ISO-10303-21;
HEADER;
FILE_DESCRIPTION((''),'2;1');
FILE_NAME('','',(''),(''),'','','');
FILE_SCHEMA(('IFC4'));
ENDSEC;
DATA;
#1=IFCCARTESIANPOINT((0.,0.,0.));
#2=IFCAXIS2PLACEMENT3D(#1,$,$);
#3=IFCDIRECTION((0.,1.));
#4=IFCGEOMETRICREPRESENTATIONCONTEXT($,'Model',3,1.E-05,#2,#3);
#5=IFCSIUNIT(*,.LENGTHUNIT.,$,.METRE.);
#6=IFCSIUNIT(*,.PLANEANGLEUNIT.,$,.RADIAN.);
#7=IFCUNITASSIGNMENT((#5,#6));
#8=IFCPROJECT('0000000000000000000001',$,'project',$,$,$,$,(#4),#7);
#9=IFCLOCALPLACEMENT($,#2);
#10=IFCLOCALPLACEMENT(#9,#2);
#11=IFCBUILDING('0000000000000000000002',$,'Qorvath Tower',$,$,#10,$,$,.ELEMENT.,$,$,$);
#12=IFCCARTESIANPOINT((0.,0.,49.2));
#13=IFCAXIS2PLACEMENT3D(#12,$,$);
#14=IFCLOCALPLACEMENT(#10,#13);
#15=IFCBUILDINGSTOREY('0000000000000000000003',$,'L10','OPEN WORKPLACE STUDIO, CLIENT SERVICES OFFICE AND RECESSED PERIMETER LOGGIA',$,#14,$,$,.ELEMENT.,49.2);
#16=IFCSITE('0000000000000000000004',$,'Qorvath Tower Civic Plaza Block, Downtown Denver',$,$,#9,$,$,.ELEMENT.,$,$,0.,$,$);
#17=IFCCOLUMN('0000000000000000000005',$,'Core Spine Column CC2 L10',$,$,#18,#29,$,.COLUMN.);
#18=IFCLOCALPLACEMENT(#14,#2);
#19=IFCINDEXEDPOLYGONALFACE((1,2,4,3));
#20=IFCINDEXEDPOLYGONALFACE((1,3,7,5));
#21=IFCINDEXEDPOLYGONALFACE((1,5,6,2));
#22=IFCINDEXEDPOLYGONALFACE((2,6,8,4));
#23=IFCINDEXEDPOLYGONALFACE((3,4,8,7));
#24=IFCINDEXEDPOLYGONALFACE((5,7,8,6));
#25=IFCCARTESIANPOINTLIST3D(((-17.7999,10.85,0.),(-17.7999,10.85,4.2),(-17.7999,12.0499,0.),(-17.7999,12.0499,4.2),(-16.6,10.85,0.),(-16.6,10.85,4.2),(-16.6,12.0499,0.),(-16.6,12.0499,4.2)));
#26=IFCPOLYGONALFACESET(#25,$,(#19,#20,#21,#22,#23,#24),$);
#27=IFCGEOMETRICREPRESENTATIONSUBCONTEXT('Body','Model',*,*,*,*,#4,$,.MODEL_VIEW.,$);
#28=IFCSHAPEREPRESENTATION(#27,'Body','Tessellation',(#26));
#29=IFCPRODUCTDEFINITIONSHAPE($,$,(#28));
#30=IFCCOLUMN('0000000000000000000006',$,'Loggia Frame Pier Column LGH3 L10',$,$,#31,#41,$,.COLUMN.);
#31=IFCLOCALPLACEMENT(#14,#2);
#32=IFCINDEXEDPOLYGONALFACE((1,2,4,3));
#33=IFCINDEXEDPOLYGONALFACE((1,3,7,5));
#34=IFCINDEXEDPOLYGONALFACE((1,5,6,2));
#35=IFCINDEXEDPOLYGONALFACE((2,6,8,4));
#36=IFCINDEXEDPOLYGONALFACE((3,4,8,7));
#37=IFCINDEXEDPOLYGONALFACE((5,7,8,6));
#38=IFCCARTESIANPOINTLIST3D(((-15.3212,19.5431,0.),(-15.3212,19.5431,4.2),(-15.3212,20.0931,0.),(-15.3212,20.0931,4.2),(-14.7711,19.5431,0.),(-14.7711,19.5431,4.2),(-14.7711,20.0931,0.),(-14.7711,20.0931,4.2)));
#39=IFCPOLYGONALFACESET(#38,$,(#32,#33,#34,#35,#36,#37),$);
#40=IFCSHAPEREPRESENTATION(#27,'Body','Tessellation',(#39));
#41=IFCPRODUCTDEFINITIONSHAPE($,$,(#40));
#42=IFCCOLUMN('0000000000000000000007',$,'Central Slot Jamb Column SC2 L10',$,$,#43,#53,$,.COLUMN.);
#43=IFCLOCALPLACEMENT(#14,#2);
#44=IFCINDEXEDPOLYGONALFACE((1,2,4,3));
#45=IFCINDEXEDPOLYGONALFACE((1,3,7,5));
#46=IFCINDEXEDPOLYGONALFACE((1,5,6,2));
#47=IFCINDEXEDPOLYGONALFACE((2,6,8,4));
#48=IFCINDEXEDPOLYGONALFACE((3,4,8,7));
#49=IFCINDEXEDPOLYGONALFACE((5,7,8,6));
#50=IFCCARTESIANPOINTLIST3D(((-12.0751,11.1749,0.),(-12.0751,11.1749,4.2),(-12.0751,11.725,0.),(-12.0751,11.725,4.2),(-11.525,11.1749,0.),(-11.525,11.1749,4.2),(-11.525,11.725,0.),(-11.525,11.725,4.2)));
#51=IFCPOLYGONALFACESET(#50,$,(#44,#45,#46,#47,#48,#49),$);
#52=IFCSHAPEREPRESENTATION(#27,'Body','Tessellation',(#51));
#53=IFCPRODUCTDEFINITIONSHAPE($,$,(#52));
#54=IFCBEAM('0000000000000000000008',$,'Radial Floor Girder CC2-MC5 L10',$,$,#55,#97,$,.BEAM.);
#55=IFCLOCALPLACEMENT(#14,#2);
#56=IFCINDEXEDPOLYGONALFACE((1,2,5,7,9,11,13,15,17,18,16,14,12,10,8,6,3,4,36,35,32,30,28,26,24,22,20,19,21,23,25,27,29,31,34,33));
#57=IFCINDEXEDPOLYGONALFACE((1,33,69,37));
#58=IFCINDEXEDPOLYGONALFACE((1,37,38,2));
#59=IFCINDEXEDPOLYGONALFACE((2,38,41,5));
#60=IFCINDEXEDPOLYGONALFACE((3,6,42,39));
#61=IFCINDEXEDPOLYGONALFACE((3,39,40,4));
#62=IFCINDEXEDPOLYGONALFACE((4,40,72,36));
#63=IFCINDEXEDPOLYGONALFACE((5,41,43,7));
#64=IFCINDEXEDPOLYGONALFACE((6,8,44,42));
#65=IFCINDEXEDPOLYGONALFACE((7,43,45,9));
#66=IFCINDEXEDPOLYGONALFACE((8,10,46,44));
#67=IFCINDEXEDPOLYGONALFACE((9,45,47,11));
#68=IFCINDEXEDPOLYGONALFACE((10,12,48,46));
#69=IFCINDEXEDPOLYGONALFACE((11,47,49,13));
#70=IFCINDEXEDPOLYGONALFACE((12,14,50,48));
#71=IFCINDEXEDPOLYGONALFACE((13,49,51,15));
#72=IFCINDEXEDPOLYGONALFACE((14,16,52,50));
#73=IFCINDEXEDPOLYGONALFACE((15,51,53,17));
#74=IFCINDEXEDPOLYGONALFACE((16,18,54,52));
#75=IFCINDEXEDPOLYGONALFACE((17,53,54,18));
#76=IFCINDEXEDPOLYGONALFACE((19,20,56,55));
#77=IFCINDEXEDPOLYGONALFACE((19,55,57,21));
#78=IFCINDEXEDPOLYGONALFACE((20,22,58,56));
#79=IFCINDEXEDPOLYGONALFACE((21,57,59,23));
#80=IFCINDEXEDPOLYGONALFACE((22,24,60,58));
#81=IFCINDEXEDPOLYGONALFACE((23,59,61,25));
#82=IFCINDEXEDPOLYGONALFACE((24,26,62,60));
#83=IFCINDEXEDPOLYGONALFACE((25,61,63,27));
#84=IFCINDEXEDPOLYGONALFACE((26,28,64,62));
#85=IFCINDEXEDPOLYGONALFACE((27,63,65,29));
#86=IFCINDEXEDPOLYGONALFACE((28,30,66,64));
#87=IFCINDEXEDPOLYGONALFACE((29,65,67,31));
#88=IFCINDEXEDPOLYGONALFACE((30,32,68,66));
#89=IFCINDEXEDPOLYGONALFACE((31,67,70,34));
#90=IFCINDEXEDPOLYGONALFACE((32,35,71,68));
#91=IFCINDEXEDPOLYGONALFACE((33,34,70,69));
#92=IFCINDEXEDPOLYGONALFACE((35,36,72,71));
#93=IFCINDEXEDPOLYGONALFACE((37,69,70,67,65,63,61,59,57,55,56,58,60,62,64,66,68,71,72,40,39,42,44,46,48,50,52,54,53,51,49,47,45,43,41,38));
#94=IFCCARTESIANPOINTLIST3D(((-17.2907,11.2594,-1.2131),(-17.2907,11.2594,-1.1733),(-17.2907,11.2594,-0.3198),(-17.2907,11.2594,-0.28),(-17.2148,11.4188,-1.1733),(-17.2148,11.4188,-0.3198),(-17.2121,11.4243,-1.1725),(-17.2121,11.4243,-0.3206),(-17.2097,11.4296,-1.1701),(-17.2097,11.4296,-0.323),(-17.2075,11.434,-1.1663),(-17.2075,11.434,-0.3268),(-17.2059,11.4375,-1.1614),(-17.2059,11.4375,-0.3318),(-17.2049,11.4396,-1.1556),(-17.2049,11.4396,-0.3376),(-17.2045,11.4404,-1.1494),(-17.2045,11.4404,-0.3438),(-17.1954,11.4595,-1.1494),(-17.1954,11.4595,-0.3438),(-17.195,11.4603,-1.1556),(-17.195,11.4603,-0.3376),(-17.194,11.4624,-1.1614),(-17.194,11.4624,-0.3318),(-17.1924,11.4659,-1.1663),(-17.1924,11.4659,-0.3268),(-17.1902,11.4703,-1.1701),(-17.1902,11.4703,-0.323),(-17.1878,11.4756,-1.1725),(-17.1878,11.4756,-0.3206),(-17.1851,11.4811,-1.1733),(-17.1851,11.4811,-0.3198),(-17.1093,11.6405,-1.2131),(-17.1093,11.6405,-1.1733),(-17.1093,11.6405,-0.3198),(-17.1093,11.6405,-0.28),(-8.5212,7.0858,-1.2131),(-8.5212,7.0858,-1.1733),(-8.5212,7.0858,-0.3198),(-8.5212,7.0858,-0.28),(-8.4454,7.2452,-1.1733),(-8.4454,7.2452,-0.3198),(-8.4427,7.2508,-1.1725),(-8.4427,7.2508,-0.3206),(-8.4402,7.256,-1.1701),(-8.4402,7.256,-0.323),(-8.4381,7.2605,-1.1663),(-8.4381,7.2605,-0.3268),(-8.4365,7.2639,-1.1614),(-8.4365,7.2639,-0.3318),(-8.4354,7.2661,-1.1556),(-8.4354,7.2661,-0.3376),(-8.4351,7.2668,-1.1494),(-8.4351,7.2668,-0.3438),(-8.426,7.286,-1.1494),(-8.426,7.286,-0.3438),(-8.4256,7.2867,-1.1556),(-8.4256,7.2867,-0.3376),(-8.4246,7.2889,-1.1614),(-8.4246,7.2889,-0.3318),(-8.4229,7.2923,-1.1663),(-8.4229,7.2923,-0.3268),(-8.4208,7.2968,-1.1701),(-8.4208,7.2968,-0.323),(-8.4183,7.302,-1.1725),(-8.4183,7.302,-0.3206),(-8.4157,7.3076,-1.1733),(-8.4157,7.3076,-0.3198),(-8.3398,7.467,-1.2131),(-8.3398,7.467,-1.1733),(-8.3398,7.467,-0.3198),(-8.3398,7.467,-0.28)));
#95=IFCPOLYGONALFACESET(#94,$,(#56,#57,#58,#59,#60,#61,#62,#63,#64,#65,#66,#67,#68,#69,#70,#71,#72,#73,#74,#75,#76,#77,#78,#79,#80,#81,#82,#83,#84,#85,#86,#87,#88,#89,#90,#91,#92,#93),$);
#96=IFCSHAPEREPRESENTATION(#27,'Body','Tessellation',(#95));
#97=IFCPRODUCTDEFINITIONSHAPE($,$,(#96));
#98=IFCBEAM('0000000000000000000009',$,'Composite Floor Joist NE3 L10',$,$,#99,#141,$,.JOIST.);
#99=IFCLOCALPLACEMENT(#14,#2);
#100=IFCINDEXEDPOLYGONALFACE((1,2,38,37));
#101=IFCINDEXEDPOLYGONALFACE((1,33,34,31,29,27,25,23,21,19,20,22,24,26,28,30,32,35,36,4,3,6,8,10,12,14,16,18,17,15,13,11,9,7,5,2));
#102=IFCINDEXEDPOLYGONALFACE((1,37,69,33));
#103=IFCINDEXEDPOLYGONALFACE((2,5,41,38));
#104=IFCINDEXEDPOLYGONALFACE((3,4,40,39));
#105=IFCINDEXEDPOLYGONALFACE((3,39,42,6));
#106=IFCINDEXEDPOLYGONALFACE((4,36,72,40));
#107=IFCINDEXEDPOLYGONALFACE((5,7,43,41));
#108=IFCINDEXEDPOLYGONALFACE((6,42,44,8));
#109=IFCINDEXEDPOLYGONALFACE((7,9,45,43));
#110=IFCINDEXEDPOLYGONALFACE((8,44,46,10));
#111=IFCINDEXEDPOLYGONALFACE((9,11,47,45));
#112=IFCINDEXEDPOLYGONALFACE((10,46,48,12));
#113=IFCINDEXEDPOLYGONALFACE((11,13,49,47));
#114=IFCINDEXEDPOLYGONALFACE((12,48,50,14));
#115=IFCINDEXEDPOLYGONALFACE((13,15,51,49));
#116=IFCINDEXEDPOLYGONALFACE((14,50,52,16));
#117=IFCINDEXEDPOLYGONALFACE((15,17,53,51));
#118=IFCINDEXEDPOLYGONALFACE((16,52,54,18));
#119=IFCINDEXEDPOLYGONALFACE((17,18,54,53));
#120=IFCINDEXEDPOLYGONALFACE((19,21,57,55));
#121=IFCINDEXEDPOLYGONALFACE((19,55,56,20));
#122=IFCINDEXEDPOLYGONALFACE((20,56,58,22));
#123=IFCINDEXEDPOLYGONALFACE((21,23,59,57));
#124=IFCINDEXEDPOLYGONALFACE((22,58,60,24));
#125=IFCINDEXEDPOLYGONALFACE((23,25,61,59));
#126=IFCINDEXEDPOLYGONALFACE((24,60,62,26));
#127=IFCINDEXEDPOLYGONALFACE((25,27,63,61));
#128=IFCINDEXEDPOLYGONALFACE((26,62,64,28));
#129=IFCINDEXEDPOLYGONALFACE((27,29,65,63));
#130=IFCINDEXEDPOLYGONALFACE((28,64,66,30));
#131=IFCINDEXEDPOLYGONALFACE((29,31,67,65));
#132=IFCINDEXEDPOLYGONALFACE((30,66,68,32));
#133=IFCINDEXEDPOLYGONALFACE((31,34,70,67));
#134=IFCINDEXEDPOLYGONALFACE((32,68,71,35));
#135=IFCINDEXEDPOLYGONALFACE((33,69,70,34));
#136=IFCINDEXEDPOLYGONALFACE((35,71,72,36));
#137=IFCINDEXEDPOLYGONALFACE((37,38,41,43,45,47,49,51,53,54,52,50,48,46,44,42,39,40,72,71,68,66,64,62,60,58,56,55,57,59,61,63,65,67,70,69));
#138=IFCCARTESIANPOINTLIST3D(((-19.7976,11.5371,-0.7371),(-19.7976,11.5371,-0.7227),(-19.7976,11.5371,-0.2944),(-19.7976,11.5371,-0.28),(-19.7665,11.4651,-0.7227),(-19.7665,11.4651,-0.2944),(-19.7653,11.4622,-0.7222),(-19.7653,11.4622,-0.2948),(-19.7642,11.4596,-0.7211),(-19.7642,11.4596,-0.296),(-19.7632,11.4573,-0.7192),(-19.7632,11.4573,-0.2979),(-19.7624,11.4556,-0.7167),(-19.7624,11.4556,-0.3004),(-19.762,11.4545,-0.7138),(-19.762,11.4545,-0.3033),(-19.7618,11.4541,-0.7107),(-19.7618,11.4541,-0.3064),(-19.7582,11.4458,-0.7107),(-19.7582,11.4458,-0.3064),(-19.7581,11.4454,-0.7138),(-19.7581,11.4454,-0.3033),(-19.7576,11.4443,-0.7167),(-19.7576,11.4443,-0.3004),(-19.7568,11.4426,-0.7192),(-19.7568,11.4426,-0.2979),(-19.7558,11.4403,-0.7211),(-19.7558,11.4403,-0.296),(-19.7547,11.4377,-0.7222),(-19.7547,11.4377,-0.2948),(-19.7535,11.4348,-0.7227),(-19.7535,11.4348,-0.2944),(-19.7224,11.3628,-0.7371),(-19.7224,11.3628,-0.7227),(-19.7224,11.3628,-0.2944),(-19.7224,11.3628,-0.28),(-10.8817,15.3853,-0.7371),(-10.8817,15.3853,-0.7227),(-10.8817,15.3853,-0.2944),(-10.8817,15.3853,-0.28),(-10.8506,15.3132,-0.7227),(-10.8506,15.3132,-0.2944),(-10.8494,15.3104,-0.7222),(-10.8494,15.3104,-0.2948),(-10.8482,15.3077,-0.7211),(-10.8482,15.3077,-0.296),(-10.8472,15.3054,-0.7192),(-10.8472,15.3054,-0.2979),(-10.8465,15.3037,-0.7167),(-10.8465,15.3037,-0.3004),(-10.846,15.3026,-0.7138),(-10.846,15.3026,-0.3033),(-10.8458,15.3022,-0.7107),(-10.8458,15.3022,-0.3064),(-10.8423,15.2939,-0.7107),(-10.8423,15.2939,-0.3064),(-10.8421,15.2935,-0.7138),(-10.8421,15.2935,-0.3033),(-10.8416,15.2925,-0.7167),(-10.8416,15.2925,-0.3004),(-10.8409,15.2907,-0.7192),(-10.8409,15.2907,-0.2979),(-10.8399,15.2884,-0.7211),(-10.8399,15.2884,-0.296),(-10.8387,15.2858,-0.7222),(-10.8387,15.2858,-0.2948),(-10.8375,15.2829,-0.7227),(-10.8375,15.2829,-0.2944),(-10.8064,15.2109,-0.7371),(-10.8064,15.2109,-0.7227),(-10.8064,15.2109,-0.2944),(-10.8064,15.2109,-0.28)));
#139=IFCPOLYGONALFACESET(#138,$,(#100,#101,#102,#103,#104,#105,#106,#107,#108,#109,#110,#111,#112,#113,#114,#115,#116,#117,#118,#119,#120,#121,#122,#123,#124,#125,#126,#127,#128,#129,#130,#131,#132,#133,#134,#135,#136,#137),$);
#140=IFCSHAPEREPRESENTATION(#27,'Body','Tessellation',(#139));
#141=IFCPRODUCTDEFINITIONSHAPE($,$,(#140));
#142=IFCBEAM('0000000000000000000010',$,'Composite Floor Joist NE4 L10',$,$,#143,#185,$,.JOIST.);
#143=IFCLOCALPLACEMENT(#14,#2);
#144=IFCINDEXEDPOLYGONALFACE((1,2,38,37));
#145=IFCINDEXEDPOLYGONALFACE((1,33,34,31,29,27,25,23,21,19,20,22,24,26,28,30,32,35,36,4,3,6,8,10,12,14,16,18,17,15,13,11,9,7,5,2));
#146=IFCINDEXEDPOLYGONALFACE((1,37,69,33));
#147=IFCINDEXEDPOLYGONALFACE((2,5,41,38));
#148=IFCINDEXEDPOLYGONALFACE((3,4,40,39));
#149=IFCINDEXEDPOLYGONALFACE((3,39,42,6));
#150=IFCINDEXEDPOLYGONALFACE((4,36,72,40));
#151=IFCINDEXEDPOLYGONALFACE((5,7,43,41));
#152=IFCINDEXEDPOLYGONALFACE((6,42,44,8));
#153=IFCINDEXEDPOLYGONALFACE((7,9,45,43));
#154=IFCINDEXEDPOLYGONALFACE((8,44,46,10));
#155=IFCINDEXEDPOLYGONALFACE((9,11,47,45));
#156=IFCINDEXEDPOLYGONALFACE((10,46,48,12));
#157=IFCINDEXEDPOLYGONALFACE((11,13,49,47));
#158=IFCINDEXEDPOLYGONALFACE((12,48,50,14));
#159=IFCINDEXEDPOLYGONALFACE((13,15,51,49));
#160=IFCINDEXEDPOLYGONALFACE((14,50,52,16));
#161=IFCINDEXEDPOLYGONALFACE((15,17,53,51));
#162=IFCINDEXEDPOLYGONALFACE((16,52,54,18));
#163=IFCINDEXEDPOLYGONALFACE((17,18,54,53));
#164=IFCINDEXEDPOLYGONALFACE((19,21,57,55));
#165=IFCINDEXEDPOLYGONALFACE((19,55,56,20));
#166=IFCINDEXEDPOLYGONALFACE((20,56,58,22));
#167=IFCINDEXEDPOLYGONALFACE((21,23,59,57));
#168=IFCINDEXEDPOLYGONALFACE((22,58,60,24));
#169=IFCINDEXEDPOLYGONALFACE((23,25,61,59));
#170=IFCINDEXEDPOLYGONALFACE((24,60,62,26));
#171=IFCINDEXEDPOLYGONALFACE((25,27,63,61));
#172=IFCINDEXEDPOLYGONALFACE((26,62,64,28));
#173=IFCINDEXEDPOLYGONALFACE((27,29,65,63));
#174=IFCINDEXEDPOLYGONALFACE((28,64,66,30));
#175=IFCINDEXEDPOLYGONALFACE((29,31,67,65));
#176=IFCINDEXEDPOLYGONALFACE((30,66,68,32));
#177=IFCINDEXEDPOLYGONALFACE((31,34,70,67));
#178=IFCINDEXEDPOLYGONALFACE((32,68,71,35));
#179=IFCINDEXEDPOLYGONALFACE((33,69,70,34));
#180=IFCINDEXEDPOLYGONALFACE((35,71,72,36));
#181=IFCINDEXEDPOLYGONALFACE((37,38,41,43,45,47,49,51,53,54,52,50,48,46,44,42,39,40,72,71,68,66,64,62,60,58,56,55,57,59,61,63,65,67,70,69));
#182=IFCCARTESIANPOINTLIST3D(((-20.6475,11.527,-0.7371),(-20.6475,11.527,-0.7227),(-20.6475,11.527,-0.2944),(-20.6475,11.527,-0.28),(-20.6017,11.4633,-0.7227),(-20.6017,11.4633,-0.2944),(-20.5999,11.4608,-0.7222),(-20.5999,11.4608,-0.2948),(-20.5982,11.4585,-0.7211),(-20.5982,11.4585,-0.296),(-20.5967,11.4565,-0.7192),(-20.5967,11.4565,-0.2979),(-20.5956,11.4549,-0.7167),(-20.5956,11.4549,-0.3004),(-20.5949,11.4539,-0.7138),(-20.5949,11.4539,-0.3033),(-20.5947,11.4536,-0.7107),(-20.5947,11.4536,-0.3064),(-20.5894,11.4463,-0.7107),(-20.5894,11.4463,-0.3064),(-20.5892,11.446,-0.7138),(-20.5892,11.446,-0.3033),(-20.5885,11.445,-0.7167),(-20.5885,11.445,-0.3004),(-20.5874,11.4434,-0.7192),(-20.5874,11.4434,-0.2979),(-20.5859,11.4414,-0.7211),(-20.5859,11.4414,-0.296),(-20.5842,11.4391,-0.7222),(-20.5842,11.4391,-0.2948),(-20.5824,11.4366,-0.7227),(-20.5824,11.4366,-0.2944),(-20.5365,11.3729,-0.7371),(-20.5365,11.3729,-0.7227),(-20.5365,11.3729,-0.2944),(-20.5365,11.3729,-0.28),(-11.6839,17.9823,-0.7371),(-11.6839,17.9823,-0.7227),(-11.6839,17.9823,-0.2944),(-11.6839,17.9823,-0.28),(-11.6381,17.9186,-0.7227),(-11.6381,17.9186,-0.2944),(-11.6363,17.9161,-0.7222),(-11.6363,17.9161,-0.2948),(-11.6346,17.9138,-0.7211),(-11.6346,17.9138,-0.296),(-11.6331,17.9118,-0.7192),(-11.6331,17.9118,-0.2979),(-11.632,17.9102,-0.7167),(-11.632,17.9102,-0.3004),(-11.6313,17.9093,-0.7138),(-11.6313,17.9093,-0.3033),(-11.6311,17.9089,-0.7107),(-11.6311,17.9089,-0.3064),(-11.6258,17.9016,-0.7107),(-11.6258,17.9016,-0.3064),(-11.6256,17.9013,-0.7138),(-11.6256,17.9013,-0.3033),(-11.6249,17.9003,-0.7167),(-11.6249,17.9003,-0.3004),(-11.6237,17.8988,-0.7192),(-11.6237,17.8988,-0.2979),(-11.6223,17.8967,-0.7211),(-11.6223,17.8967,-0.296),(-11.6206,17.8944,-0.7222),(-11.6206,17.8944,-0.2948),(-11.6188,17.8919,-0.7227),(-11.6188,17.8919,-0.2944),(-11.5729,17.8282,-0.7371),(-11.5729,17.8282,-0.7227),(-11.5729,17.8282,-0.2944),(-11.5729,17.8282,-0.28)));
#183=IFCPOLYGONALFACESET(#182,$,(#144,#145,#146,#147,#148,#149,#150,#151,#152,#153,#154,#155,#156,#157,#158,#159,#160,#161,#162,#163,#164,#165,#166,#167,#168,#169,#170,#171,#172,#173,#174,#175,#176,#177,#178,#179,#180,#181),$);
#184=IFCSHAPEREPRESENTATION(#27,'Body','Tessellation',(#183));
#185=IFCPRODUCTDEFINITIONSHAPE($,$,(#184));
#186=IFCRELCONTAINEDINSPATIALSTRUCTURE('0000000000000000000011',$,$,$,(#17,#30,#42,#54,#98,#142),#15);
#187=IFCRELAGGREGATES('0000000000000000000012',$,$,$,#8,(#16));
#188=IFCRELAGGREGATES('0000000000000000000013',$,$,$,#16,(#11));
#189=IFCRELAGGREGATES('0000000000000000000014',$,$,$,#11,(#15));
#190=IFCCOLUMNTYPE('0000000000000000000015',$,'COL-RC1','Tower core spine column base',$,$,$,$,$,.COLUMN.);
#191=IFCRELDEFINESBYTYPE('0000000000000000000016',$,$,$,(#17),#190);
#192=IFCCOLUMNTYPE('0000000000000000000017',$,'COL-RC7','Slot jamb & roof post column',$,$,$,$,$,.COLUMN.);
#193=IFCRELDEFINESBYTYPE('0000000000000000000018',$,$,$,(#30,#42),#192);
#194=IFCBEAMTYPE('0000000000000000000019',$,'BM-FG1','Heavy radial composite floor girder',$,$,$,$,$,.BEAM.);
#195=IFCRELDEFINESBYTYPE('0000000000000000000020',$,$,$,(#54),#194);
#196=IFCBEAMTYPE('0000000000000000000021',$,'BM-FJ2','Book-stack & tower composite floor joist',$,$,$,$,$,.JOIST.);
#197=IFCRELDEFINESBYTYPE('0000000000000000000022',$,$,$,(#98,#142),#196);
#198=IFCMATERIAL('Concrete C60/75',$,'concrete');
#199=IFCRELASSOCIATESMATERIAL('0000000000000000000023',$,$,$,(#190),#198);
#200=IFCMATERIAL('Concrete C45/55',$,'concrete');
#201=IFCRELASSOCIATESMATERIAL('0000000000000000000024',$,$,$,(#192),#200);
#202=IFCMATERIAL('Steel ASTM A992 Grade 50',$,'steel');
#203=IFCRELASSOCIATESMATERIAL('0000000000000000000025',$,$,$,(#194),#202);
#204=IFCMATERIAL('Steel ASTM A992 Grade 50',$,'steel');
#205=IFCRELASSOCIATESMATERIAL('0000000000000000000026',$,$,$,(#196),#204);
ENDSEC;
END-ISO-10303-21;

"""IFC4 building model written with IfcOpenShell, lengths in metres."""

from ifc_helpers import new_model, si_unit, direction, frame, origin, origin_2d, place, context, subcontext, project, spatial, rectangle, i_section, extrude, material, material_profile, profile_set, type_object, element, save


model = new_model("IFC4")

# Units and contexts
model_context = context("Model", 3, precision=1e-05, world=origin(), true_north=direction((0.0, 1.0)))
body_context = subcontext(model_context, "Body", "Model", "MODEL_VIEW")
ifc_project = project(units=[si_unit("LENGTHUNIT", "METRE"), si_unit("PLANEANGLEUNIT", "RADIAN")], contexts=[model_context])

# Site, building, storey
site_placement = place(None, origin())
site = spatial("IfcSite", under=ifc_project, at=site_placement, Name="Qorvath Tower Civic Plaza Block, Downtown Denver", CompositionType="ELEMENT", RefElevation=0.0)
building_placement = place(site_placement, origin())
building = spatial("IfcBuilding", under=site, at=building_placement, Name="Qorvath Tower", CompositionType="ELEMENT")
storey_placement = place(building_placement, frame((0.0, 0.0, 49.2)))
storey = spatial("IfcBuildingStorey", under=building, at=storey_placement, Name="L10", Description="OPEN WORKPLACE STUDIO, CLIENT SERVICES OFFICE AND RECESSED PERIMETER LOGGIA", CompositionType="ELEMENT", Elevation=49.2)

# Columns
ifc_material_1 = material(Name="Concrete C60/75", Category="concrete")
ifc_material_profile_1 = material_profile(ifc_material_1, rectangle(XDim=1.2, YDim=1.2, at=origin_2d()), Name="RC 1200x1200")
ifc_profile_set_1 = profile_set([ifc_material_profile_1], Name="Concrete C60/75")
column_type_1 = type_object("IfcColumnType", Name="COL-RC1", Description="Tower core spine column base", PredefinedType="COLUMN", material=ifc_profile_set_1)
column_placement = place(storey_placement, frame((-17.2, 11.45, 0.0), z_axis=(0.0, 0.0, 1.0), x_axis=(1.0, 0.0, 0.0)))
element("IfcColumn", 1, at=column_placement, inside=storey, type_object=column_type_1, Name="Core Spine Column CC2 L10", PredefinedType="COLUMN", context=body_context, shape_type="SweptSolid", body=[
    extrude(rectangle(XDim=1.2, YDim=1.2, at=origin_2d()), origin(), (0.0, 0.0, 1.0), 4.2),
])
ifc_material_2 = material(Name="Concrete C45/55", Category="concrete")
ifc_material_profile_2 = material_profile(ifc_material_2, rectangle(XDim=0.55, YDim=0.55, at=origin_2d()), Name="RC 550x550")
ifc_profile_set_2 = profile_set([ifc_material_profile_2], Name="Concrete C45/55")
column_type_2 = type_object("IfcColumnType", Name="COL-RC7", Description="Slot jamb & roof post column", PredefinedType="COLUMN", material=ifc_profile_set_2)
for number, where, z_axis, x_axis, name in (
    (2, (-15.0461, 19.8181, 0.0), (0.0, 0.0, 1.0), (1.0, 0.0, 0.0), "Loggia Frame Pier Column LGH3 L10"),
    (3, (-11.8, 11.45, 0.0), (0.0, 0.0, 1.0), (1.0, 0.0, 0.0), "Central Slot Jamb Column SC2 L10"),
):
    element("IfcColumn", number, at=place(storey_placement, frame(where, z_axis=z_axis, x_axis=x_axis)), inside=storey, type_object=column_type_2, Name=name, PredefinedType="COLUMN", context=body_context, shape_type="SweptSolid", body=[
        extrude(rectangle(XDim=0.55, YDim=0.55, at=origin_2d()), origin(), (0.0, 0.0, 1.0), 4.2),
    ])

# Beams
ifc_material_3 = material(Name="Steel ASTM A992 Grade 50", Category="steel")
ifc_material_profile_3 = material_profile(ifc_material_3, i_section(OverallWidth=0.4221, OverallDepth=0.9331, WebThickness=0.0212, FlangeThickness=0.0398, FilletRadius=0.0239, at=origin_2d()), Name="W36x262")
ifc_profile_set_3 = profile_set([ifc_material_profile_3], Name="Steel ASTM A992 Grade 50")
beam_type_1 = type_object("IfcBeamType", Name="BM-FG1", Description="Heavy radial composite floor girder", PredefinedType="BEAM", material=ifc_profile_set_3)
beam_1_placement = place(storey_placement, frame((-17.2, 11.45, -0.7466), z_axis=(0.902956, -0.429734, 0.0), x_axis=(0.429734, 0.902956, 0.0)))
element("IfcBeam", 4, at=beam_1_placement, inside=storey, type_object=beam_type_1, Name="Radial Floor Girder CC2-MC5 L10", PredefinedType="BEAM", context=body_context, shape_type="SweptSolid", body=[
    extrude(i_section(OverallWidth=0.4221, OverallDepth=0.9331, WebThickness=0.0212, FlangeThickness=0.0398, FilletRadius=0.0239, at=origin_2d()), origin(), (0.0, 0.0, 1.0), 9.7119),
])
ifc_material_4 = material(Name="Steel ASTM A992 Grade 50", Category="steel")
ifc_material_profile_4 = material_profile(ifc_material_4, i_section(OverallWidth=0.1899, OverallDepth=0.457, WebThickness=0.009, FlangeThickness=0.0144, FilletRadius=0.012, at=origin_2d()), Name="W18x50")
ifc_profile_set_4 = profile_set([ifc_material_profile_4], Name="Steel ASTM A992 Grade 50")
beam_type_2 = type_object("IfcBeamType", Name="BM-FJ2", Description="Book-stack & tower composite floor joist", PredefinedType="JOIST", material=ifc_profile_set_4)
beam_2_placement = place(storey_placement, frame((-19.76, 11.45, -0.5085), z_axis=(0.918136, 0.396266, 0.0), x_axis=(-0.396266, 0.918136, 0.0)))
element("IfcBeam", 5, at=beam_2_placement, inside=storey, type_object=beam_type_2, Name="Composite Floor Joist NE3 L10", PredefinedType="JOIST", context=body_context, shape_type="SweptSolid", body=[
    extrude(i_section(OverallWidth=0.1899, OverallDepth=0.457, WebThickness=0.009, FlangeThickness=0.0144, FilletRadius=0.012, at=origin_2d()), origin(), (0.0, 0.0, 1.0), 9.7109),
])
beam_3_placement = place(storey_placement, frame((-20.592, 11.45, -0.5085), z_axis=(0.811469, 0.584395, 0.0), x_axis=(-0.584395, 0.811469, 0.0)))
element("IfcBeam", 6, at=beam_3_placement, inside=storey, type_object=beam_type_2, Name="Composite Floor Joist NE4 L10", PredefinedType="JOIST", context=body_context, shape_type="SweptSolid", body=[
    extrude(i_section(OverallWidth=0.1899, OverallDepth=0.457, WebThickness=0.009, FlangeThickness=0.0144, FilletRadius=0.012, at=origin_2d()), origin(), (0.0, 0.0, 1.0), 11.0461),
])

save(model, "model.ifc")
